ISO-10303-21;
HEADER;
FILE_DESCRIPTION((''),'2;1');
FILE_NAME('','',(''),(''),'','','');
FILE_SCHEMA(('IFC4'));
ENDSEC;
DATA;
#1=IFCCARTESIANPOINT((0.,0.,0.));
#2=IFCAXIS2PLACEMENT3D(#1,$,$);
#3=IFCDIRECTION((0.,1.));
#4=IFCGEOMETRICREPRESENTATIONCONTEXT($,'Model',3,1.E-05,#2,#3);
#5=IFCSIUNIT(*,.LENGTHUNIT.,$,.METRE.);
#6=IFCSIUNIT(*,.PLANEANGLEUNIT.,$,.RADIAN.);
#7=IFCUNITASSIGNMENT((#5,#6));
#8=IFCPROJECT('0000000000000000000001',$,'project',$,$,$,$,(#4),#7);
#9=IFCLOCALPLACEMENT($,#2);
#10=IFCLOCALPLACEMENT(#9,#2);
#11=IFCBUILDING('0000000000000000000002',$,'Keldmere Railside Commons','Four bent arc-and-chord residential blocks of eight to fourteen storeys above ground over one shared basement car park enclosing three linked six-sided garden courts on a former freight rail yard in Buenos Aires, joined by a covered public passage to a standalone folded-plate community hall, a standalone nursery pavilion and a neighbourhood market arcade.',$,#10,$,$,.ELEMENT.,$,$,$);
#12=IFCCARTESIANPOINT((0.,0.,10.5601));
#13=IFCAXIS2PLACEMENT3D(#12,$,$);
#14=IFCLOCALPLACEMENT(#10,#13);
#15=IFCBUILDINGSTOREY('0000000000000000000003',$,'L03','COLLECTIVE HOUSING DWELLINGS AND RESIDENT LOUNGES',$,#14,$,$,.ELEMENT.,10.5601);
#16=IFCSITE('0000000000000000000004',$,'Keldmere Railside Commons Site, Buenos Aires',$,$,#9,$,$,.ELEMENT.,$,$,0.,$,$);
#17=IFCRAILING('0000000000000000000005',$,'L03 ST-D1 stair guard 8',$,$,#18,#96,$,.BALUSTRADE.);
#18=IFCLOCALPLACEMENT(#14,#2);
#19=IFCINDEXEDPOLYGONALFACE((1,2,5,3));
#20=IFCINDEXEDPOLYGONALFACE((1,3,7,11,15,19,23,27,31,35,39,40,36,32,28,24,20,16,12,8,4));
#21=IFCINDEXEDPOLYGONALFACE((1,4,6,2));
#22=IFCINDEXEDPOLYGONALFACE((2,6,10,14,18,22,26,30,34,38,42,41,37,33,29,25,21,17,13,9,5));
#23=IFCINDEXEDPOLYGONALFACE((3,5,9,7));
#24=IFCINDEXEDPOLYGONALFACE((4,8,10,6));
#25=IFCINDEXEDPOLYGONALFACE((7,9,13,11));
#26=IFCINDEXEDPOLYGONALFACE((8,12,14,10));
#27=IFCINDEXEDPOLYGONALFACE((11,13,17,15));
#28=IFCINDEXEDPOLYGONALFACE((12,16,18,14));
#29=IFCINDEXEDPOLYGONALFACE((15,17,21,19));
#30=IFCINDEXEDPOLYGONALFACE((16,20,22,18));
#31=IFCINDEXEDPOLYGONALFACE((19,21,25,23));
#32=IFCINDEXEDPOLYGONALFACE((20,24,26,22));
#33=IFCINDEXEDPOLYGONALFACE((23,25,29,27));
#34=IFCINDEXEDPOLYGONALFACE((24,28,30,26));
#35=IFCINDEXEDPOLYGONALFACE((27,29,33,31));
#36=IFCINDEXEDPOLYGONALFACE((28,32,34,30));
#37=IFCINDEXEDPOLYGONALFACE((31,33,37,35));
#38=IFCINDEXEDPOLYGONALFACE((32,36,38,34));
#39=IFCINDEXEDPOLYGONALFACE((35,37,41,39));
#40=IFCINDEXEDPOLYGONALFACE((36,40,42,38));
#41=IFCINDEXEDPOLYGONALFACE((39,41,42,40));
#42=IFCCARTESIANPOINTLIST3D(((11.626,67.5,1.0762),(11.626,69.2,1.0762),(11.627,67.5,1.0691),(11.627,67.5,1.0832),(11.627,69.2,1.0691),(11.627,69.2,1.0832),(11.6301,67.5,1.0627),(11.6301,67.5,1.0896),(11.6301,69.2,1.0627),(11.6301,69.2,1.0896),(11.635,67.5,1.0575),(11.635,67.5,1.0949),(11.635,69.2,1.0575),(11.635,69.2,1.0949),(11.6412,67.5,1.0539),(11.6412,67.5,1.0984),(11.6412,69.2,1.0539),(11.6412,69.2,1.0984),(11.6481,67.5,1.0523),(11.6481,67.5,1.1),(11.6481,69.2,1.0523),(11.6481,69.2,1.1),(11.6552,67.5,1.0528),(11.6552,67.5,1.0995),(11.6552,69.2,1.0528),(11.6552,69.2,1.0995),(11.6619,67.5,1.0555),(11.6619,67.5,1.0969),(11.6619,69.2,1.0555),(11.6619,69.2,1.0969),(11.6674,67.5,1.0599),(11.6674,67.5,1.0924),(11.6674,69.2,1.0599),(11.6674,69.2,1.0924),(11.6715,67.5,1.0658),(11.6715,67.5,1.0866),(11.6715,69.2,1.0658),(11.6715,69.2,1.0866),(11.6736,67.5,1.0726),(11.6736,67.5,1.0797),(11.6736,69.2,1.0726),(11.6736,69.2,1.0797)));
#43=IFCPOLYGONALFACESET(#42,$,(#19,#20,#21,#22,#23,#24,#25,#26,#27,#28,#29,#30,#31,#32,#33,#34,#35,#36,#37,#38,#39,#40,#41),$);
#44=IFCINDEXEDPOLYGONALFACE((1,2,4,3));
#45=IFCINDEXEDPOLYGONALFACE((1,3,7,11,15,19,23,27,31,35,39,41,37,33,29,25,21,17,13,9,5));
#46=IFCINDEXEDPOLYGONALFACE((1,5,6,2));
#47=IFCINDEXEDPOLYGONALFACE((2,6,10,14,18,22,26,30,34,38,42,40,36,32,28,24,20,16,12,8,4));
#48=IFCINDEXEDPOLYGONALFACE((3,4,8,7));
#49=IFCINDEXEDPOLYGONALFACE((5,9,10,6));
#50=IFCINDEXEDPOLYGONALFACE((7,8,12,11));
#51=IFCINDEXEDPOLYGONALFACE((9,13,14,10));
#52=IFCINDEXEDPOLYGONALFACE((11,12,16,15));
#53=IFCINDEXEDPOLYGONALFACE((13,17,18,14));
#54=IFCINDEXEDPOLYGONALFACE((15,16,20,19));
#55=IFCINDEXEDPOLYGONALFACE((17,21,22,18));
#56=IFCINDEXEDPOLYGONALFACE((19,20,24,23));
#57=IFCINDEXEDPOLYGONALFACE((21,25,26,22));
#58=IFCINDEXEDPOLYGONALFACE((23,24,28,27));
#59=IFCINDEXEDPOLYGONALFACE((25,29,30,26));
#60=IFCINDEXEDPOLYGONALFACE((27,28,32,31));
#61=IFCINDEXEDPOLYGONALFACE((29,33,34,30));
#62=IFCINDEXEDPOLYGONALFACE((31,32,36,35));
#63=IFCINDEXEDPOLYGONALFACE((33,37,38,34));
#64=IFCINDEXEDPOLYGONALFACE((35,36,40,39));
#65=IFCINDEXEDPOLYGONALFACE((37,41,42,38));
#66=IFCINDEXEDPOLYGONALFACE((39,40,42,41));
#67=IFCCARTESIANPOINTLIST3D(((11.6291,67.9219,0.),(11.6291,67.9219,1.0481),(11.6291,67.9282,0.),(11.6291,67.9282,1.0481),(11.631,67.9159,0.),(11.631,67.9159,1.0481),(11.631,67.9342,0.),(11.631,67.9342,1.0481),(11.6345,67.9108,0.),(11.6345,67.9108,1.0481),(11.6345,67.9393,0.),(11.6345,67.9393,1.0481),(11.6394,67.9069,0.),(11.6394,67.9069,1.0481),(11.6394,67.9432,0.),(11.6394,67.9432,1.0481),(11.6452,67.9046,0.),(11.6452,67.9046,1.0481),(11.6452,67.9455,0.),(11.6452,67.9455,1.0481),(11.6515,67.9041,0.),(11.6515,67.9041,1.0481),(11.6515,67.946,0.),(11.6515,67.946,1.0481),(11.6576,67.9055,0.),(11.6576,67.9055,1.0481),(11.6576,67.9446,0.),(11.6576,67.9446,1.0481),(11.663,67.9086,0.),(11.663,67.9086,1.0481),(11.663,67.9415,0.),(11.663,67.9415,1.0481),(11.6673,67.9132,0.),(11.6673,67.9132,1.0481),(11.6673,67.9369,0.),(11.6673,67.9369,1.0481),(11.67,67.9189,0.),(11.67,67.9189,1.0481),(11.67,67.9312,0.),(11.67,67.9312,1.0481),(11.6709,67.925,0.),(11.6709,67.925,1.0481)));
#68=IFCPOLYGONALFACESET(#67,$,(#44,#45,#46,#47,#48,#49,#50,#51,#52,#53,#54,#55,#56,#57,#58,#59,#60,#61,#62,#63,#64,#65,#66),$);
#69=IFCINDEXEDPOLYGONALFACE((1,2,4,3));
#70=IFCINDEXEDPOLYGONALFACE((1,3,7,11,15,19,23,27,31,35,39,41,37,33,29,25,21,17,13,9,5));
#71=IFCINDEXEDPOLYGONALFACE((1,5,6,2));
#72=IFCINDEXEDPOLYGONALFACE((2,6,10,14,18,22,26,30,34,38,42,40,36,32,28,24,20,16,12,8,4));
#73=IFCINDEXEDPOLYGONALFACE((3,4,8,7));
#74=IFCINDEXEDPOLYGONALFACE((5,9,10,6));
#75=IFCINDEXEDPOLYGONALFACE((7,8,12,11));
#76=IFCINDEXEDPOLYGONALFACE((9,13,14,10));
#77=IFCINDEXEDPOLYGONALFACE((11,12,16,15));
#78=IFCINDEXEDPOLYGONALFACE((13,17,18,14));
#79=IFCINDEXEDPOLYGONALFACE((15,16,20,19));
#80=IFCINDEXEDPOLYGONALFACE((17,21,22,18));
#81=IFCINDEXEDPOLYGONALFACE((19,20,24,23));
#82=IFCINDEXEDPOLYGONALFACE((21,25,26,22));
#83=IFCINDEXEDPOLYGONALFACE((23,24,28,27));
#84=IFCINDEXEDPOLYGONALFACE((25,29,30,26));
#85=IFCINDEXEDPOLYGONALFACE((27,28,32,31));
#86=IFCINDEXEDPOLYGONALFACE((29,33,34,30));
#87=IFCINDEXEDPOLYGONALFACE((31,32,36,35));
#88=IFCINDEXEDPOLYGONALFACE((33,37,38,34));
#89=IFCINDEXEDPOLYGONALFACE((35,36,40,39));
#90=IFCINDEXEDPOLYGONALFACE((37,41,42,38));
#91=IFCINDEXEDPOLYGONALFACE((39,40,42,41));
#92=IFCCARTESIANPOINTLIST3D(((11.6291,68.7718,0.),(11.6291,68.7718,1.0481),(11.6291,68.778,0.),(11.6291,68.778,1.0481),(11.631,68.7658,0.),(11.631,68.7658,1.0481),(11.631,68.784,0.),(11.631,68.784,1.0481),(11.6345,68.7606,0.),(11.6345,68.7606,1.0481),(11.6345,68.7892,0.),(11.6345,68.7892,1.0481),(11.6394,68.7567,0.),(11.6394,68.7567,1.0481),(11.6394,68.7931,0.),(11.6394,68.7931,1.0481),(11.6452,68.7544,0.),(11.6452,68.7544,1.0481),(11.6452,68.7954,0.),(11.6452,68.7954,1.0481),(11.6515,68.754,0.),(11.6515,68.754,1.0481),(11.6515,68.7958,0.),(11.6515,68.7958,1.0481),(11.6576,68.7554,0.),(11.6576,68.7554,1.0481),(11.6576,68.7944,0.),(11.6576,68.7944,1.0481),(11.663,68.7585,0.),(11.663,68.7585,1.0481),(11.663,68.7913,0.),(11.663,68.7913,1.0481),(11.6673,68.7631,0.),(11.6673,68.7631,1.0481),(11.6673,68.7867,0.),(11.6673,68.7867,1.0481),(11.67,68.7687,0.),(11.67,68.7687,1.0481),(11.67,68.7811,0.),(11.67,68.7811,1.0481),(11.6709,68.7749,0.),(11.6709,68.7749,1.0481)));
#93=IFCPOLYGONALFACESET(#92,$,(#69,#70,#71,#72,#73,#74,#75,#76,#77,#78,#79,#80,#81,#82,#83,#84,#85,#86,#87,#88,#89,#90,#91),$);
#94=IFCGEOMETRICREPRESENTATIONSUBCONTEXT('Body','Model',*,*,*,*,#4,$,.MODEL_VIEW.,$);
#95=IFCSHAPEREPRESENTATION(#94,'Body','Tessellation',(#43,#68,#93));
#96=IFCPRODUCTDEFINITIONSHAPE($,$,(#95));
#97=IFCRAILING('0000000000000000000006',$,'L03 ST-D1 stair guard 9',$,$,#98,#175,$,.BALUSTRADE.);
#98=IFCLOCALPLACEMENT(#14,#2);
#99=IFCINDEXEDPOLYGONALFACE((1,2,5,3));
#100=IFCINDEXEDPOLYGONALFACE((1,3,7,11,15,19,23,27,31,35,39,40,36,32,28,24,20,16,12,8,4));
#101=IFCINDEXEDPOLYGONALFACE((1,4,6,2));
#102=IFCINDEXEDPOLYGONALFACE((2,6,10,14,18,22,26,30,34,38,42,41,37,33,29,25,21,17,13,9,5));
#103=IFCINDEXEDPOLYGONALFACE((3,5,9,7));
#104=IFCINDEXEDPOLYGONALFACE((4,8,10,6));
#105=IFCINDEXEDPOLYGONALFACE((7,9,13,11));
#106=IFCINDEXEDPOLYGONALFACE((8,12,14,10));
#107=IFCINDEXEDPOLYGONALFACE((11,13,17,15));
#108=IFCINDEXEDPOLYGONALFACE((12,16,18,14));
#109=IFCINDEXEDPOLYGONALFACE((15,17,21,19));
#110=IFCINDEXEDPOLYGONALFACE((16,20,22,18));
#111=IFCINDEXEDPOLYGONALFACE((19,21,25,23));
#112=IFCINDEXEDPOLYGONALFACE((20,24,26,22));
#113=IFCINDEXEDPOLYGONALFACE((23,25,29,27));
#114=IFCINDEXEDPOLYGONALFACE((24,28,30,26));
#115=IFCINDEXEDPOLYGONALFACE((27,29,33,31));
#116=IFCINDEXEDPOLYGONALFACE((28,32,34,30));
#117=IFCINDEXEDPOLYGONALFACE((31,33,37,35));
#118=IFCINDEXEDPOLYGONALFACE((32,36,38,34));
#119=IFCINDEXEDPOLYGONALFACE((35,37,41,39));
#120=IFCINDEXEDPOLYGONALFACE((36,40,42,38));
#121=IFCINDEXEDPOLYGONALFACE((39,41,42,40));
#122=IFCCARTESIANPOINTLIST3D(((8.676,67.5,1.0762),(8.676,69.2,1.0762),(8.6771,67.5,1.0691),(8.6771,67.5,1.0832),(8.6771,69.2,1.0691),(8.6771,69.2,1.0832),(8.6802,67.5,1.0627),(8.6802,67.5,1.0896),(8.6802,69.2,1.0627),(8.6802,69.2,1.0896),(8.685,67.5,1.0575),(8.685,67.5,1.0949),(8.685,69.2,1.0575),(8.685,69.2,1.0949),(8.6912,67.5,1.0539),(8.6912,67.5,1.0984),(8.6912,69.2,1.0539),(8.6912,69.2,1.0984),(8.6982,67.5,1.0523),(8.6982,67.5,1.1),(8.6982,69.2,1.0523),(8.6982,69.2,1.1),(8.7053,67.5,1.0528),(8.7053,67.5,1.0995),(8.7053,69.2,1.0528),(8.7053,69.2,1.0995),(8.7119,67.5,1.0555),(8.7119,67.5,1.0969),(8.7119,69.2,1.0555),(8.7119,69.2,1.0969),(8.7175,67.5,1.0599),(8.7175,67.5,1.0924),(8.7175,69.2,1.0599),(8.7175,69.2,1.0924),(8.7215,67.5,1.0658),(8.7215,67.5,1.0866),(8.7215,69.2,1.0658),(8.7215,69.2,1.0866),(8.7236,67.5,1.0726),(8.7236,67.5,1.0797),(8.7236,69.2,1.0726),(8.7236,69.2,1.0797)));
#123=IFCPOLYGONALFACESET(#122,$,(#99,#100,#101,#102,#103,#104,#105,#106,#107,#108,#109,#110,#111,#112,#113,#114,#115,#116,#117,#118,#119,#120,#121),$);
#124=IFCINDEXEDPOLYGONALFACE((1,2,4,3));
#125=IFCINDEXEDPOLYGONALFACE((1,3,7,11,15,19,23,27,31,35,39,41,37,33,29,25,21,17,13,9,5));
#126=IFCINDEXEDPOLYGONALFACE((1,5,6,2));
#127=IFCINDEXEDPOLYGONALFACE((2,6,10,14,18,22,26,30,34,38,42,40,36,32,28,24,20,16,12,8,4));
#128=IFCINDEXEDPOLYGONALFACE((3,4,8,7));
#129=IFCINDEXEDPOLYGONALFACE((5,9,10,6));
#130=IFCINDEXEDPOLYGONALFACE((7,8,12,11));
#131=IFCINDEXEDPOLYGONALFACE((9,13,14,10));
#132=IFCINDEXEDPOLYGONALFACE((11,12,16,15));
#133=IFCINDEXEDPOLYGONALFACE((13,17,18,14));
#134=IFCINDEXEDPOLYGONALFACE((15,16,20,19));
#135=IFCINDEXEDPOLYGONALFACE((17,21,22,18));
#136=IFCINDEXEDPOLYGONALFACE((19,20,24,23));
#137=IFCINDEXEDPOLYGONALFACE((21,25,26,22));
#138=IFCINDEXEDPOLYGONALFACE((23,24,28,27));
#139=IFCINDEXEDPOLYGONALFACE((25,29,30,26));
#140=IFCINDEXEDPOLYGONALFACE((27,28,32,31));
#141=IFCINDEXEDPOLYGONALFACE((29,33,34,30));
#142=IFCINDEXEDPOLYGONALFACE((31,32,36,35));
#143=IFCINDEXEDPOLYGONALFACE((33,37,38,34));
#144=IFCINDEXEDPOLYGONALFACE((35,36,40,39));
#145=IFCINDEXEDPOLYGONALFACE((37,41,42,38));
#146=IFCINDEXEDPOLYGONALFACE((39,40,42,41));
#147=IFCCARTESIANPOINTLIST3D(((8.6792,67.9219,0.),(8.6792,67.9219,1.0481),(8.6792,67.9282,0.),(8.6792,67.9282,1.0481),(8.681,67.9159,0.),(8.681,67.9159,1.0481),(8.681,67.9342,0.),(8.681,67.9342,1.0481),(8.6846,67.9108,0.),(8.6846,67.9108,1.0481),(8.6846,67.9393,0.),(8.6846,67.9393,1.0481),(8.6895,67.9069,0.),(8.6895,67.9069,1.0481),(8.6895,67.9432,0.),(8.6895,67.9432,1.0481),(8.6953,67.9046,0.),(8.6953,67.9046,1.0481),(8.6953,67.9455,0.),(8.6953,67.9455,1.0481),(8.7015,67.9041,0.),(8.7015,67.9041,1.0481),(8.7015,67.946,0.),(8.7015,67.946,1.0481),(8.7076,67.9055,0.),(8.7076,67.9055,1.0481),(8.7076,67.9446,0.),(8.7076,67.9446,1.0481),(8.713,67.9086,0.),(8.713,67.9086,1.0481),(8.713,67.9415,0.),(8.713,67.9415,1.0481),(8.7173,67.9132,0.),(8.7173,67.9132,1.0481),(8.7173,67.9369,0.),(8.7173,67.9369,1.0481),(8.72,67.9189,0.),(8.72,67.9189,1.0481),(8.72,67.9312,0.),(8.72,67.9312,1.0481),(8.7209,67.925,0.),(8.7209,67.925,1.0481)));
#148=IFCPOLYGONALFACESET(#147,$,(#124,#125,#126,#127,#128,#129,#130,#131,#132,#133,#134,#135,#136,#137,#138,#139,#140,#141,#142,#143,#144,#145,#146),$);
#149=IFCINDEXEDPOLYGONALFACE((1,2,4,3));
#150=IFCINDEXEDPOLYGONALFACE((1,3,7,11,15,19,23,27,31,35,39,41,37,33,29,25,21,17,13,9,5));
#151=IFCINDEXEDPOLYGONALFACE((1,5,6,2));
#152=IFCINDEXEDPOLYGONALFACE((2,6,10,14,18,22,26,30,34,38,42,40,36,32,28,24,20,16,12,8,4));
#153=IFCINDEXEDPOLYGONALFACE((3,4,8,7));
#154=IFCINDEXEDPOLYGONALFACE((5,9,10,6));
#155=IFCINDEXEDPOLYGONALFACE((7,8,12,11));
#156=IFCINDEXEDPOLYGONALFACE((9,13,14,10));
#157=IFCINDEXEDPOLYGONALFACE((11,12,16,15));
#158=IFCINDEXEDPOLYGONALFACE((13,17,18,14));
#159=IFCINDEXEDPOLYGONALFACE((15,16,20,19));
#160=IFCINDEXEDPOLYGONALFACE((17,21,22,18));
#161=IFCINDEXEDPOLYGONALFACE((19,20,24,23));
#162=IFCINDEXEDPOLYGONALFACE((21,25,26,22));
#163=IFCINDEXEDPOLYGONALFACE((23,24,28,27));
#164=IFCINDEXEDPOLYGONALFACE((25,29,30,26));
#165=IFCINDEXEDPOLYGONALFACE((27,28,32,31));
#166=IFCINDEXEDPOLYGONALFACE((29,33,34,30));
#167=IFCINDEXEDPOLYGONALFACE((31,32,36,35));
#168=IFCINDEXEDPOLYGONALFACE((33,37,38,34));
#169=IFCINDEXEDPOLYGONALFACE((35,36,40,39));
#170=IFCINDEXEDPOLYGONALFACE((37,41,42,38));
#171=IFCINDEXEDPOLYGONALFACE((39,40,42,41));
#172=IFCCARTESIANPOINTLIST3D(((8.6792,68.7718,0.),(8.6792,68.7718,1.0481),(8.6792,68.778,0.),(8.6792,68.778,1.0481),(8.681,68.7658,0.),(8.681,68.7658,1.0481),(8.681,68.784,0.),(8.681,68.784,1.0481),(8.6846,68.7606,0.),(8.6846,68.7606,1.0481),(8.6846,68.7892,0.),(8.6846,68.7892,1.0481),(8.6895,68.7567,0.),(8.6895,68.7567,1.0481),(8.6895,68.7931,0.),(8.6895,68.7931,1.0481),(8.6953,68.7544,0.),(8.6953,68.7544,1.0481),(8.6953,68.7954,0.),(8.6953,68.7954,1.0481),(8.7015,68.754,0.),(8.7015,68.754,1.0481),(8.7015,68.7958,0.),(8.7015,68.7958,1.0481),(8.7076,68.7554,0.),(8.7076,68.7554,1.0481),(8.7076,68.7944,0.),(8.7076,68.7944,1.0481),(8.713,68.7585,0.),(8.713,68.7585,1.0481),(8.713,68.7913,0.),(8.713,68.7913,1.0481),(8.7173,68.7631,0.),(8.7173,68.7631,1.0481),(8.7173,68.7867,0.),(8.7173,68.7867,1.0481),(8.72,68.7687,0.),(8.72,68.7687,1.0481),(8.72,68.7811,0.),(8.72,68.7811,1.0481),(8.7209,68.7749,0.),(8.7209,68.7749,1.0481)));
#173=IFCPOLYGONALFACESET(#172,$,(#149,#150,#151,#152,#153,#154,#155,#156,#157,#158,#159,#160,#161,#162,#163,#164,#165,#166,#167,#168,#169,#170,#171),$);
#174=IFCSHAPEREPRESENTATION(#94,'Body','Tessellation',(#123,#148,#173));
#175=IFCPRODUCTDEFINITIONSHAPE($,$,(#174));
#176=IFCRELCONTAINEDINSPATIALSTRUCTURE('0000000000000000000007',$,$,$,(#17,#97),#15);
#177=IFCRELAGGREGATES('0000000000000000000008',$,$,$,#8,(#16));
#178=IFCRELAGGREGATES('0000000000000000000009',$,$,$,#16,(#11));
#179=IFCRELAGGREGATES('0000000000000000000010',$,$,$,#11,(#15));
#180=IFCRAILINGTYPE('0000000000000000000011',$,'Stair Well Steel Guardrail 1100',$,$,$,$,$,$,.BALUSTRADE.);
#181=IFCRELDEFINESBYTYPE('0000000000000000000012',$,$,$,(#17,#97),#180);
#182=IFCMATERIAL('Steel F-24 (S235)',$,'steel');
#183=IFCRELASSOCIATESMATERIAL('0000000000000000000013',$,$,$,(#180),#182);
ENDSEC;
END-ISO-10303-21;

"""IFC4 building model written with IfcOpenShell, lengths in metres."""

from ifc_helpers import new_model, si_unit, direction, frame, origin, origin_2d, place, context, subcontext, project, spatial, circle, extrude, material, type_object, element, save


model = new_model("IFC4")

# Units and contexts
model_context = context("Model", 3, precision=1e-05, world=origin(), true_north=direction((0.0, 1.0)))
body_context = subcontext(model_context, "Body", "Model", "MODEL_VIEW")
ifc_project = project(units=[si_unit("LENGTHUNIT", "METRE"), si_unit("PLANEANGLEUNIT", "RADIAN")], contexts=[model_context])

# Site, building, storey
site_placement = place(None, origin())
site = spatial("IfcSite", under=ifc_project, at=site_placement, Name="Keldmere Railside Commons Site, Buenos Aires", CompositionType="ELEMENT", RefElevation=0.0)
building_placement = place(site_placement, origin())
building = spatial("IfcBuilding", under=site, at=building_placement, Name="Keldmere Railside Commons", Description="Four bent arc-and-chord residential blocks of eight to fourteen storeys above ground over one shared basement car park enclosing three linked six-sided garden courts on a former freight rail yard in Buenos Aires, joined by a covered public passage to a standalone folded-plate community hall, a standalone nursery pavilion and a neighbourhood market arcade.", CompositionType="ELEMENT")
storey_placement = place(building_placement, frame((0.0, 0.0, 10.5601)))
storey = spatial("IfcBuildingStorey", under=building, at=storey_placement, Name="L03", Description="COLLECTIVE HOUSING DWELLINGS AND RESIDENT LOUNGES", CompositionType="ELEMENT", Elevation=10.5601)

# Railings
ifc_material_1 = material(Name="Steel F-24 (S235)", Category="steel")
railing_type_1 = type_object("IfcRailingType", Name="Stair Well Steel Guardrail 1100", PredefinedType="BALUSTRADE", material=ifc_material_1)
for number, where, name in (
    (1, (11.6499, 67.5, 0.0), "L03 ST-D1 stair guard 8"),
    (2, (8.7, 67.5, 0.0), "L03 ST-D1 stair guard 9"),
):
    element("IfcRailing", number, at=place(storey_placement, frame(where)), inside=storey, type_object=railing_type_1, Name=name, PredefinedType="BALUSTRADE", context=body_context, shape_type="SweptSolid", body=[
        extrude(circle(Radius=0.0239, at=origin_2d()), frame((0.0, 0.0, 1.0762), z_axis=(0.0, 1.0, 0.0), x_axis=(-1.0, 0.0, 0.0)), (0.0, 0.0, 1.0), 1.7),
        extrude(circle(Radius=0.021, at=origin_2d()), frame((0.0, 0.425, 0.0)), (0.0, 0.0, 1.0), 1.0481),
        extrude(circle(Radius=0.021, at=origin_2d()), frame((0.0, 1.2749, 0.0)), (0.0, 0.0, 1.0), 1.0481),
    ])

save(model, "model.ifc")
